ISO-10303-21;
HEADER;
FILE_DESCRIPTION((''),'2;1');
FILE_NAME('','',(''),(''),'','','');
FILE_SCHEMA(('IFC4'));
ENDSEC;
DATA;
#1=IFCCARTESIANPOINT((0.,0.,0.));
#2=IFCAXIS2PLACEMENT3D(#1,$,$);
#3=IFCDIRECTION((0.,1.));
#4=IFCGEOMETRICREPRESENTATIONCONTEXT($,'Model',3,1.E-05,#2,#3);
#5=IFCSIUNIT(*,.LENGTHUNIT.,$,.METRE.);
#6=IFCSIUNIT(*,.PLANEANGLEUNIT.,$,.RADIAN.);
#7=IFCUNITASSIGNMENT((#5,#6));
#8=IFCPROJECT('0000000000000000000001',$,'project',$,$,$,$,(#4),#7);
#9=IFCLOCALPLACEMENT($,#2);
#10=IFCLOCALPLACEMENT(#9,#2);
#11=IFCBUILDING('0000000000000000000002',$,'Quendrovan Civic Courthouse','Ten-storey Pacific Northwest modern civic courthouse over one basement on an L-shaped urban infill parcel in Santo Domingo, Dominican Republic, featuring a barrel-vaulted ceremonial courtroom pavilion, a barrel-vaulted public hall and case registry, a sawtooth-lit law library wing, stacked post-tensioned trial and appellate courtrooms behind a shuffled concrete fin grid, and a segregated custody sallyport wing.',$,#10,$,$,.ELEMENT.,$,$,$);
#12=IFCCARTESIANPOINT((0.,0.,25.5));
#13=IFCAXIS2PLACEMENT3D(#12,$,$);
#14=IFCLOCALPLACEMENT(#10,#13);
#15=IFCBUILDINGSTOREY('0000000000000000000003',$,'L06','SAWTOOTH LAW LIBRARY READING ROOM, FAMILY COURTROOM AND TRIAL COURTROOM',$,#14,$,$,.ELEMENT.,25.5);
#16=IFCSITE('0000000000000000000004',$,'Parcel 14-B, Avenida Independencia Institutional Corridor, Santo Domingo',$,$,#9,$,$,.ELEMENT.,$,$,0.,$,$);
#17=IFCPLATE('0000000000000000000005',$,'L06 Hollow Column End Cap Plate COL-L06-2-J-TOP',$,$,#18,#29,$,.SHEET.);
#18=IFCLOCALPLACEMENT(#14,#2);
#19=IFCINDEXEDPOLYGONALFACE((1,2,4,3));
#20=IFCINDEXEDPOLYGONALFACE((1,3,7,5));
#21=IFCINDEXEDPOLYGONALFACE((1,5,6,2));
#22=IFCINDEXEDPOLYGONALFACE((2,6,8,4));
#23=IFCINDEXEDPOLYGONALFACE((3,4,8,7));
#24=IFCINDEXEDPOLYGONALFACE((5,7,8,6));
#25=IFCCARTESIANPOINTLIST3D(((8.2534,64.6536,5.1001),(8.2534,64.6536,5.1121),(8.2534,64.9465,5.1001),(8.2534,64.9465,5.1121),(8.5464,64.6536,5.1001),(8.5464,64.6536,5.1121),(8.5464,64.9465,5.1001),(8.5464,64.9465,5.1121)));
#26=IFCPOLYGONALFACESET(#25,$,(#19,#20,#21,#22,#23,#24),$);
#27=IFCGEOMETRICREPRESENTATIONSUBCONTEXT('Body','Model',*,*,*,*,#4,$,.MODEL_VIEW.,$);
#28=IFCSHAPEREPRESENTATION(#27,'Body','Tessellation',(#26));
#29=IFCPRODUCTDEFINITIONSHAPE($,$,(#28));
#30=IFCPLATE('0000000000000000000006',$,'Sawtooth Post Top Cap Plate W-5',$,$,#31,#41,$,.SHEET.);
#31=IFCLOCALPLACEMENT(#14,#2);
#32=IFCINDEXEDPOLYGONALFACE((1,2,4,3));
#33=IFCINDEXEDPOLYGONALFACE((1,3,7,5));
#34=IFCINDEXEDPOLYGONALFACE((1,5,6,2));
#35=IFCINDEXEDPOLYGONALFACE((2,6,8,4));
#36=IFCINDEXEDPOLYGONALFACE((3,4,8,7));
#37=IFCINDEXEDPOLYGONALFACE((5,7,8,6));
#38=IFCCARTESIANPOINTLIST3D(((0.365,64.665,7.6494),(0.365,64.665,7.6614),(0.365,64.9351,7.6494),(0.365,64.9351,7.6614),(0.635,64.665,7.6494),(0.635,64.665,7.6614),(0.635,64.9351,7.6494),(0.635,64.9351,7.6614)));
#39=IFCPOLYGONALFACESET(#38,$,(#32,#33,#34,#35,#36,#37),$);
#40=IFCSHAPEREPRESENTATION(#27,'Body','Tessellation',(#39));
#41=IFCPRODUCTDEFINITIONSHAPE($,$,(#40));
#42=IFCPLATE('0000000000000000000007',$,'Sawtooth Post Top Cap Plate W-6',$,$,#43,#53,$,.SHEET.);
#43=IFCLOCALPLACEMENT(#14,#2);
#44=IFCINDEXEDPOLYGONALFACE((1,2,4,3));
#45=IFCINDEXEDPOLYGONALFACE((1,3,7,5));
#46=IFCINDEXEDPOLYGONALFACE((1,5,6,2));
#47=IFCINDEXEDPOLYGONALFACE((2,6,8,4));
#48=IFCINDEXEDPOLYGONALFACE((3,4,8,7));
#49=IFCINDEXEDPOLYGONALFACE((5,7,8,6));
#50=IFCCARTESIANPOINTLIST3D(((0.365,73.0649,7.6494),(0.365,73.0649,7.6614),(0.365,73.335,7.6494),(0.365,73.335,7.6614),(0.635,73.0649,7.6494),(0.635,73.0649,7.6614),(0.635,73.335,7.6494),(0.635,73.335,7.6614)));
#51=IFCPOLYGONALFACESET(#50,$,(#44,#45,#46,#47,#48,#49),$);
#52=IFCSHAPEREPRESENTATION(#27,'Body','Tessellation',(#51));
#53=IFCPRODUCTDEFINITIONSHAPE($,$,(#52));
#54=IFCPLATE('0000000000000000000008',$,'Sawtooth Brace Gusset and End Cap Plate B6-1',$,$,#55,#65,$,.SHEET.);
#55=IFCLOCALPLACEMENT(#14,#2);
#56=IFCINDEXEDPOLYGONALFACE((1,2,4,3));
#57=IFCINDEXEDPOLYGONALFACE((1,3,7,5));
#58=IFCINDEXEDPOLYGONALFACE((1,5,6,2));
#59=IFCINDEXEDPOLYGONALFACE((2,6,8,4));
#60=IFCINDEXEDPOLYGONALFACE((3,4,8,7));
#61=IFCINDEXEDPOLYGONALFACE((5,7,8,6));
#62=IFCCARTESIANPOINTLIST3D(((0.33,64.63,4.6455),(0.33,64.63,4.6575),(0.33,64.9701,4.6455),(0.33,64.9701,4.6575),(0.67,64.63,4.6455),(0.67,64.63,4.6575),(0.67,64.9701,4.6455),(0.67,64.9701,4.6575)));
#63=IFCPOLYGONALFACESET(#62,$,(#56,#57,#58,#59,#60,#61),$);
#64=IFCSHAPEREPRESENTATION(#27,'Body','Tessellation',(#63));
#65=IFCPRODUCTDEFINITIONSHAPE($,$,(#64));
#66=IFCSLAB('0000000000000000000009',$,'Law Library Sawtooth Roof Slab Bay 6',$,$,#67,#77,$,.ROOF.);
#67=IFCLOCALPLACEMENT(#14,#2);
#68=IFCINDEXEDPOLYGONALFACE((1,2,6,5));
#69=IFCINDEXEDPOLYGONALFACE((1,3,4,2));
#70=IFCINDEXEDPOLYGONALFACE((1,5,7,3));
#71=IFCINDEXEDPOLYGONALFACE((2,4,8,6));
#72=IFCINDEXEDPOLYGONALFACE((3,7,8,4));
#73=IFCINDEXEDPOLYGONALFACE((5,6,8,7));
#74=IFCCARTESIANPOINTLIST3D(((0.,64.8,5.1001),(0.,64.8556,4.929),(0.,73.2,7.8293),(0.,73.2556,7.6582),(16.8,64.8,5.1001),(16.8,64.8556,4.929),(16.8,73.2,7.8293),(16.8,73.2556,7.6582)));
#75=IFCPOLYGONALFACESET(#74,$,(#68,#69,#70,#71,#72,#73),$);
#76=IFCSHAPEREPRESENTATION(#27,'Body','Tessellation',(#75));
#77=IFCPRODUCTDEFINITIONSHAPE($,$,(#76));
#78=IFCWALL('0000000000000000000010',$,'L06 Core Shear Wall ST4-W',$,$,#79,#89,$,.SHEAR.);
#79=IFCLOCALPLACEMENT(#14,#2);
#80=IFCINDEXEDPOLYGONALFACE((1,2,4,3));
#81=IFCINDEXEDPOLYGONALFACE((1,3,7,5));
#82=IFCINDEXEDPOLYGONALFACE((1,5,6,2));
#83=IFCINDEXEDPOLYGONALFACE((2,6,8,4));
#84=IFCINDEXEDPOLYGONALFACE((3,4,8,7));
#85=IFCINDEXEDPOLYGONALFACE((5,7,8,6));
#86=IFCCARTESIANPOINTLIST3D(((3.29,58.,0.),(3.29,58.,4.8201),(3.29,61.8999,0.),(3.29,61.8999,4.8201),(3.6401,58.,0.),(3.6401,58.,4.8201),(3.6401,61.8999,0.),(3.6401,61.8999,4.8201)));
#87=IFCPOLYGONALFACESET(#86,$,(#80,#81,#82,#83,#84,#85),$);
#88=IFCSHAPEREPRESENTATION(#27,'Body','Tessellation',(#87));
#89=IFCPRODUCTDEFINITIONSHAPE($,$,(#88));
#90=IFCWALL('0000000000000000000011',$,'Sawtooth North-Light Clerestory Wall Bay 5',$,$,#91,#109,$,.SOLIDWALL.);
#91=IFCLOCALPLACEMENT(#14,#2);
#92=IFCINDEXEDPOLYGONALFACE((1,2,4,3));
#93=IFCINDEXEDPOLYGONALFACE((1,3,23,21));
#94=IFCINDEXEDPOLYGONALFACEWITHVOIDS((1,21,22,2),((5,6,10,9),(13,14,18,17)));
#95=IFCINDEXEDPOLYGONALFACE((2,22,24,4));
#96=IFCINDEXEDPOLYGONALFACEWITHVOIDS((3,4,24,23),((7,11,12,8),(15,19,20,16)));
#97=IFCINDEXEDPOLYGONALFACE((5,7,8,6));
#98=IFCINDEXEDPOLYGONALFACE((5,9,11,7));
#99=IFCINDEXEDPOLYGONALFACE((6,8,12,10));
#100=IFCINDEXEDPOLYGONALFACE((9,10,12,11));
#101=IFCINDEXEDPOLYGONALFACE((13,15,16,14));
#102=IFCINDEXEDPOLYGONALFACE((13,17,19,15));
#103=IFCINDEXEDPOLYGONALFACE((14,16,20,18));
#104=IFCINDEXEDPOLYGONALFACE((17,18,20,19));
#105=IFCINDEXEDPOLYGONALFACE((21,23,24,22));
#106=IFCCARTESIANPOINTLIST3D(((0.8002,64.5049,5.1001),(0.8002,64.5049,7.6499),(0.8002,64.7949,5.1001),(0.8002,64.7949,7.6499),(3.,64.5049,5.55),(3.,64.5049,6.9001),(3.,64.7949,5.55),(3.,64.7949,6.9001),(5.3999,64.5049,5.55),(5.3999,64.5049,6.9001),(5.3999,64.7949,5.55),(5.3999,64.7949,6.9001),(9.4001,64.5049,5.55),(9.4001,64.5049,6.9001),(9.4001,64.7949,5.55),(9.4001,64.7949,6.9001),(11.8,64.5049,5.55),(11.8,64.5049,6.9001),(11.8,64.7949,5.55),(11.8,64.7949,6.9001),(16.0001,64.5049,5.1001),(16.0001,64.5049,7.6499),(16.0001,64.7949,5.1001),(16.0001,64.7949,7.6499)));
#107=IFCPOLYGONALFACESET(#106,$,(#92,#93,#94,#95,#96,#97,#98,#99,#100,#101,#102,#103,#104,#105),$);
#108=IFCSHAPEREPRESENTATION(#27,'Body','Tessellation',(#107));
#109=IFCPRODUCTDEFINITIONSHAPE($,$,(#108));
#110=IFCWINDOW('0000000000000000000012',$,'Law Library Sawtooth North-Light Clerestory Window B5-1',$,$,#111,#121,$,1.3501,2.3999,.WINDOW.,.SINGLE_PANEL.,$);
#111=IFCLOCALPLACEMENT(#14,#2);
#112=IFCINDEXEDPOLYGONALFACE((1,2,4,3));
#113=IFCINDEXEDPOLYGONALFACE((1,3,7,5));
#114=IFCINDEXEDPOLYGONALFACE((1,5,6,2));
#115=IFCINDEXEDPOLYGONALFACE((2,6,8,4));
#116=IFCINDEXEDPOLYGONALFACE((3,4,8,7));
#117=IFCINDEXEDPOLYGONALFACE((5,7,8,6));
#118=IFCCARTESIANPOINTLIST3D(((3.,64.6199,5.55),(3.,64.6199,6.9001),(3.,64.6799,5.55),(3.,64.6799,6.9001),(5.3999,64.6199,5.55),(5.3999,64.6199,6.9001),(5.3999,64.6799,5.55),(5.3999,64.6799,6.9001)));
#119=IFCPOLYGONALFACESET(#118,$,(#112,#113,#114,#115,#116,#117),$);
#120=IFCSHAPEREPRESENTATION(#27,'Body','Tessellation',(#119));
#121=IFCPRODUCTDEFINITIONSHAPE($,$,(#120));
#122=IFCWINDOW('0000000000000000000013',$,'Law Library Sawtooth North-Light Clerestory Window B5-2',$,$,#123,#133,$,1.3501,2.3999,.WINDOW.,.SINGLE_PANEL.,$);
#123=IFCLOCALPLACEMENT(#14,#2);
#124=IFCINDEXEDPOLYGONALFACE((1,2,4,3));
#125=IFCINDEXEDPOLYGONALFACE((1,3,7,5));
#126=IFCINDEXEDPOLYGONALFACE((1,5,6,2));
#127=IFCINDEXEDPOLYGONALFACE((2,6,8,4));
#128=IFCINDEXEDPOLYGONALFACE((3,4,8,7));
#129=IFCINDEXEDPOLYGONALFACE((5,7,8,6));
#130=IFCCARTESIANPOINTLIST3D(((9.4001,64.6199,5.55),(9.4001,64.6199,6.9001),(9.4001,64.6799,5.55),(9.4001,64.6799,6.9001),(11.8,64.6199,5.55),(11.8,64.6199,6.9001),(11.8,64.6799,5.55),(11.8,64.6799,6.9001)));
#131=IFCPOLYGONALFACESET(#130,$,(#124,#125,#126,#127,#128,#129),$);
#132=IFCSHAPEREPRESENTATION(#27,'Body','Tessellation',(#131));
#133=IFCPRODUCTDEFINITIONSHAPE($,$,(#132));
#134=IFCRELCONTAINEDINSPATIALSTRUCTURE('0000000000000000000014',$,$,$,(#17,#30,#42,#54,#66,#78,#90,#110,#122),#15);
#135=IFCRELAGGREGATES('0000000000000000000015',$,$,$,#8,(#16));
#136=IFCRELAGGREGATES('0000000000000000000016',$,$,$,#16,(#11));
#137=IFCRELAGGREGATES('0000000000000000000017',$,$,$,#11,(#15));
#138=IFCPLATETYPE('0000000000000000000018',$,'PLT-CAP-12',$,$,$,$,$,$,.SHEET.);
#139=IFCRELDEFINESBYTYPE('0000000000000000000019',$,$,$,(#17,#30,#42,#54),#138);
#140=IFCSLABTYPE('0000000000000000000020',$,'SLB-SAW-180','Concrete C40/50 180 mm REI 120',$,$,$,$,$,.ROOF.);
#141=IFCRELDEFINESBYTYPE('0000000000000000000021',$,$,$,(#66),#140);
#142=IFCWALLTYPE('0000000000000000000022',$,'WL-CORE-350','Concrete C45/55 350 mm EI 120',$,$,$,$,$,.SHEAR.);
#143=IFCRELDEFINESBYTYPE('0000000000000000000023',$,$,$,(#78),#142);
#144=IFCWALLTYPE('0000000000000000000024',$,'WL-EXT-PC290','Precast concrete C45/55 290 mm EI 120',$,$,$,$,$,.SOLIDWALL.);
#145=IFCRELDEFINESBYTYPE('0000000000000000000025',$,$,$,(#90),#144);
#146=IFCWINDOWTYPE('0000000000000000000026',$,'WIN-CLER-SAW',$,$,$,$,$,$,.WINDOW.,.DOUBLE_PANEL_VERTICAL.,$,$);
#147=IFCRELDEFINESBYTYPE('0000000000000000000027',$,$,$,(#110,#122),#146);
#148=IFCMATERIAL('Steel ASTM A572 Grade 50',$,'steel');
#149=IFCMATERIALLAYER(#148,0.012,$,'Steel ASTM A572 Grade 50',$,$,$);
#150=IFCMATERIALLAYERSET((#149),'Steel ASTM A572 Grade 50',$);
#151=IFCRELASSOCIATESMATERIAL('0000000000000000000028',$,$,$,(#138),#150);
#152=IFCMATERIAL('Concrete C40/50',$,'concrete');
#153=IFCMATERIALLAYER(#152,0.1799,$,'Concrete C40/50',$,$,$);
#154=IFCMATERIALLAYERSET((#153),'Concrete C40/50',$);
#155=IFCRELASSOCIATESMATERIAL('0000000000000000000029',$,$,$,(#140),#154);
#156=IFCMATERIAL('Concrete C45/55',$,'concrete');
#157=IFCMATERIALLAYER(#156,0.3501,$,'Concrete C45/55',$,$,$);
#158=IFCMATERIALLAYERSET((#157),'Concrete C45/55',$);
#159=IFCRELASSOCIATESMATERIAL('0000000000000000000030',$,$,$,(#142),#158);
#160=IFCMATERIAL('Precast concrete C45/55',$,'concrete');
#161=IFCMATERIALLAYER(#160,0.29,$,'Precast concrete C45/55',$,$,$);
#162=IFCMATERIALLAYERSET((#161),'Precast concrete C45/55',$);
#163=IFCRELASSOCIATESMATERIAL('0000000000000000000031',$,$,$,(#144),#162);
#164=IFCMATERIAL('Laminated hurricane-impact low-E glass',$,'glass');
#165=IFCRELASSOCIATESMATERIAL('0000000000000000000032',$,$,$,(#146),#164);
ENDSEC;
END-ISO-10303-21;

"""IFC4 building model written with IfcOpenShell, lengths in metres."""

from ifc_helpers import new_model, si_unit, direction, frame, frame_2d, origin, origin_2d, place, context, subcontext, project, spatial, polyline, rectangle, outline, extrude, material, layer, layer_set, type_object, element, fill, save


model = new_model("IFC4")

# Units and contexts
model_context = context("Model", 3, precision=1e-05, world=origin(), true_north=direction((0.0, 1.0)))
body_context = subcontext(model_context, "Body", "Model", "MODEL_VIEW")
ifc_project = project(units=[si_unit("LENGTHUNIT", "METRE"), si_unit("PLANEANGLEUNIT", "RADIAN")], contexts=[model_context])

# Site, building, storey
site_placement = place(None, origin())
site = spatial("IfcSite", under=ifc_project, at=site_placement, Name="Parcel 14-B, Avenida Independencia Institutional Corridor, Santo Domingo", CompositionType="ELEMENT", RefElevation=0.0)
building_placement = place(site_placement, origin())
building = spatial("IfcBuilding", under=site, at=building_placement, Name="Quendrovan Civic Courthouse", Description="Ten-storey Pacific Northwest modern civic courthouse over one basement on an L-shaped urban infill parcel in Santo Domingo, Dominican Republic, featuring a barrel-vaulted ceremonial courtroom pavilion, a barrel-vaulted public hall and case registry, a sawtooth-lit law library wing, stacked post-tensioned trial and appellate courtrooms behind a shuffled concrete fin grid, and a segregated custody sallyport wing.", CompositionType="ELEMENT")
storey_placement = place(building_placement, frame((0.0, 0.0, 25.5)))
storey = spatial("IfcBuildingStorey", under=building, at=storey_placement, Name="L06", Description="SAWTOOTH LAW LIBRARY READING ROOM, FAMILY COURTROOM AND TRIAL COURTROOM", CompositionType="ELEMENT", Elevation=25.5)

# Plates
ifc_material_1 = material(Name="Steel ASTM A572 Grade 50", Category="steel")
ifc_layer_1 = layer(ifc_material_1, 0.012, Name="Steel ASTM A572 Grade 50")
ifc_layer_set_1 = layer_set([ifc_layer_1], Name="Steel ASTM A572 Grade 50")
plate_type = type_object("IfcPlateType", Name="PLT-CAP-12", PredefinedType="SHEET", material=ifc_layer_set_1)
plate_1_placement = place(storey_placement, frame((8.3999, 64.8, 5.1001), z_axis=(0.0, 0.0, 1.0), x_axis=(1.0, 0.0, 0.0)))
element("IfcPlate", 1, at=plate_1_placement, inside=storey, type_object=plate_type, Name="L06 Hollow Column End Cap Plate COL-L06-2-J-TOP", PredefinedType="SHEET", context=body_context, shape_type="SweptSolid", body=[
    extrude(rectangle(XDim=0.293, YDim=0.293, at=origin_2d()), origin(), (0.0, 0.0, 1.0), 0.012),
])
for number, where, z_axis, x_axis, name in (
    (2, (0.5, 64.8, 7.6494), (0.0, 0.0, 1.0), (1.0, 0.0, 0.0), "Sawtooth Post Top Cap Plate W-5"),
    (3, (0.5, 73.2, 7.6494), (0.0, 0.0, 1.0), (1.0, 0.0, 0.0), "Sawtooth Post Top Cap Plate W-6"),
):
    element("IfcPlate", number, at=place(storey_placement, frame(where, z_axis=z_axis, x_axis=x_axis)), inside=storey, type_object=plate_type, Name=name, PredefinedType="SHEET", context=body_context, shape_type="SweptSolid", body=[
        extrude(rectangle(XDim=0.27, YDim=0.27, at=origin_2d()), origin(), (0.0, 0.0, 1.0), 0.012),
    ])
plate_2_placement = place(storey_placement, frame((0.5, 64.8, 4.6455), z_axis=(0.0, 0.0, 1.0), x_axis=(1.0, 0.0, 0.0)))
element("IfcPlate", 4, at=plate_2_placement, inside=storey, type_object=plate_type, Name="Sawtooth Brace Gusset and End Cap Plate B6-1", PredefinedType="SHEET", context=body_context, shape_type="SweptSolid", body=[
    extrude(rectangle(XDim=0.3401, YDim=0.3401, at=origin_2d()), origin(), (0.0, 0.0, 1.0), 0.012),
])

# Slab
ifc_material_2 = material(Name="Concrete C40/50", Category="concrete")
ifc_layer_2 = layer(ifc_material_2, 0.1799, Name="Concrete C40/50")
ifc_layer_set_2 = layer_set([ifc_layer_2], Name="Concrete C40/50")
slab_type = type_object("IfcSlabType", Name="SLB-SAW-180", Description="Concrete C40/50 180 mm REI 120", PredefinedType="ROOF", material=ifc_layer_set_2)
slab_placement = place(storey_placement, frame((0.0, 64.8, 5.1001), z_axis=(0.0, -0.309012, 0.951058), x_axis=(1.0, 0.0, 0.0)))
element("IfcSlab", 5, at=slab_placement, inside=storey, type_object=slab_type, Name="Law Library Sawtooth Roof Slab Bay 6", PredefinedType="ROOF", context=body_context, shape_type="SweptSolid", body=[
    extrude(outline(polyline([(0.0, 0.0), (16.8, 0.0), (16.8, 8.8322), (0.0, 8.8322), (0.0, 0.0)])), origin(), (0.0, 0.0, -1.0), 0.1799),
])

# Wall
ifc_material_3 = material(Name="Concrete C45/55", Category="concrete")
ifc_layer_3 = layer(ifc_material_3, 0.3501, Name="Concrete C45/55")
ifc_layer_set_3 = layer_set([ifc_layer_3], Name="Concrete C45/55")
wall_type_1 = type_object("IfcWallType", Name="WL-CORE-350", Description="Concrete C45/55 350 mm EI 120", PredefinedType="SHEAR", material=ifc_layer_set_3)
wall_1_placement = place(storey_placement, frame((3.4651, 58.0, 0.0), z_axis=(0.0, 0.0, 1.0), x_axis=(0.0, 1.0, 0.0)))
element("IfcWall", 6, at=wall_1_placement, inside=storey, type_object=wall_type_1, Name="L06 Core Shear Wall ST4-W", PredefinedType="SHEAR", context=body_context, shape_type="SweptSolid", body=[
    extrude(rectangle(XDim=3.8999, YDim=0.3501, at=frame_2d((1.95, 0.0))), origin(), (0.0, 0.0, 1.0), 4.8201),
])

# Wall, openings, windows
ifc_material_4 = material(Name="Precast concrete C45/55", Category="concrete")
ifc_layer_4 = layer(ifc_material_4, 0.29, Name="Precast concrete C45/55")
ifc_layer_set_4 = layer_set([ifc_layer_4], Name="Precast concrete C45/55")
wall_type_2 = type_object("IfcWallType", Name="WL-EXT-PC290", Description="Precast concrete C45/55 290 mm EI 120", PredefinedType="SOLIDWALL", material=ifc_layer_set_4)
wall_2_placement = place(storey_placement, frame((0.8, 64.6499, 5.1001), z_axis=(0.0, 0.0, 1.0), x_axis=(1.0, 0.0, 0.0)))
wall_2 = element("IfcWall", 7, at=wall_2_placement, inside=storey, type_object=wall_type_2, Name="Sawtooth North-Light Clerestory Wall Bay 5", PredefinedType="SOLIDWALL", context=body_context, shape_type="SweptSolid", body=[
    extrude(rectangle(XDim=15.2, YDim=0.29, at=frame_2d((7.6001, 0.0))), origin(), (0.0, 0.0, 1.0), 2.5498),
])
opening_1_placement = place(wall_2_placement, frame((2.2, 0.0, 0.45)))
opening_1 = element("IfcOpeningElement", 8, at=opening_1_placement, cuts=wall_2, PredefinedType="OPENING", context=body_context, shape_type="SweptSolid", body=[
    extrude(rectangle(XDim=2.3999, YDim=1.3501, at=frame_2d((1.2, 0.675))), frame((0.0, 0.155, 0.0), z_axis=(0.0, -1.0, 0.0), x_axis=(1.0, 0.0, 0.0)), (0.0, 0.0, 1.0), 0.3101),
])
opening_2_placement = place(wall_2_placement, frame((8.6001, 0.0, 0.45)))
opening_2 = element("IfcOpeningElement", 9, at=opening_2_placement, cuts=wall_2, PredefinedType="OPENING", context=body_context, shape_type="SweptSolid", body=[
    extrude(rectangle(XDim=2.3999, YDim=1.3501, at=frame_2d((1.2, 0.675))), frame((0.0, 0.155, 0.0), z_axis=(0.0, -1.0, 0.0), x_axis=(1.0, 0.0, 0.0)), (0.0, 0.0, 1.0), 0.3101),
])
ifc_material_5 = material(Name="Laminated hurricane-impact low-E glass", Category="glass")
window_type = type_object("IfcWindowType", Name="WIN-CLER-SAW", PartitioningType="DOUBLE_PANEL_VERTICAL", PredefinedType="WINDOW", material=ifc_material_5)
window_1_placement = place(opening_1_placement, origin())
window_1 = element("IfcWindow", 10, at=window_1_placement, inside=storey, type_object=window_type, Name="Law Library Sawtooth North-Light Clerestory Window B5-1", OverallHeight=1.3501, OverallWidth=2.3999, PartitioningType="SINGLE_PANEL", PredefinedType="WINDOW", context=body_context, shape_type="SweptSolid", body=[
    extrude(rectangle(XDim=2.3999, YDim=1.3501, at=frame_2d((1.2, 0.675))), frame((0.0, 0.03, 0.0), z_axis=(0.0, -1.0, 0.0), x_axis=(1.0, 0.0, 0.0)), (0.0, 0.0, 1.0), 0.0601),
])
fill(opening_1, window_1)
window_2_placement = place(opening_2_placement, origin())
window_2 = element("IfcWindow", 11, at=window_2_placement, inside=storey, type_object=window_type, Name="Law Library Sawtooth North-Light Clerestory Window B5-2", OverallHeight=1.3501, OverallWidth=2.3999, PartitioningType="SINGLE_PANEL", PredefinedType="WINDOW", context=body_context, shape_type="SweptSolid", body=[
    extrude(rectangle(XDim=2.3999, YDim=1.3501, at=frame_2d((1.2, 0.675))), frame((0.0, 0.03, 0.0), z_axis=(0.0, -1.0, 0.0), x_axis=(1.0, 0.0, 0.0)), (0.0, 0.0, 1.0), 0.0601),
])
fill(opening_2, window_2)

save(model, "model.ifc")
